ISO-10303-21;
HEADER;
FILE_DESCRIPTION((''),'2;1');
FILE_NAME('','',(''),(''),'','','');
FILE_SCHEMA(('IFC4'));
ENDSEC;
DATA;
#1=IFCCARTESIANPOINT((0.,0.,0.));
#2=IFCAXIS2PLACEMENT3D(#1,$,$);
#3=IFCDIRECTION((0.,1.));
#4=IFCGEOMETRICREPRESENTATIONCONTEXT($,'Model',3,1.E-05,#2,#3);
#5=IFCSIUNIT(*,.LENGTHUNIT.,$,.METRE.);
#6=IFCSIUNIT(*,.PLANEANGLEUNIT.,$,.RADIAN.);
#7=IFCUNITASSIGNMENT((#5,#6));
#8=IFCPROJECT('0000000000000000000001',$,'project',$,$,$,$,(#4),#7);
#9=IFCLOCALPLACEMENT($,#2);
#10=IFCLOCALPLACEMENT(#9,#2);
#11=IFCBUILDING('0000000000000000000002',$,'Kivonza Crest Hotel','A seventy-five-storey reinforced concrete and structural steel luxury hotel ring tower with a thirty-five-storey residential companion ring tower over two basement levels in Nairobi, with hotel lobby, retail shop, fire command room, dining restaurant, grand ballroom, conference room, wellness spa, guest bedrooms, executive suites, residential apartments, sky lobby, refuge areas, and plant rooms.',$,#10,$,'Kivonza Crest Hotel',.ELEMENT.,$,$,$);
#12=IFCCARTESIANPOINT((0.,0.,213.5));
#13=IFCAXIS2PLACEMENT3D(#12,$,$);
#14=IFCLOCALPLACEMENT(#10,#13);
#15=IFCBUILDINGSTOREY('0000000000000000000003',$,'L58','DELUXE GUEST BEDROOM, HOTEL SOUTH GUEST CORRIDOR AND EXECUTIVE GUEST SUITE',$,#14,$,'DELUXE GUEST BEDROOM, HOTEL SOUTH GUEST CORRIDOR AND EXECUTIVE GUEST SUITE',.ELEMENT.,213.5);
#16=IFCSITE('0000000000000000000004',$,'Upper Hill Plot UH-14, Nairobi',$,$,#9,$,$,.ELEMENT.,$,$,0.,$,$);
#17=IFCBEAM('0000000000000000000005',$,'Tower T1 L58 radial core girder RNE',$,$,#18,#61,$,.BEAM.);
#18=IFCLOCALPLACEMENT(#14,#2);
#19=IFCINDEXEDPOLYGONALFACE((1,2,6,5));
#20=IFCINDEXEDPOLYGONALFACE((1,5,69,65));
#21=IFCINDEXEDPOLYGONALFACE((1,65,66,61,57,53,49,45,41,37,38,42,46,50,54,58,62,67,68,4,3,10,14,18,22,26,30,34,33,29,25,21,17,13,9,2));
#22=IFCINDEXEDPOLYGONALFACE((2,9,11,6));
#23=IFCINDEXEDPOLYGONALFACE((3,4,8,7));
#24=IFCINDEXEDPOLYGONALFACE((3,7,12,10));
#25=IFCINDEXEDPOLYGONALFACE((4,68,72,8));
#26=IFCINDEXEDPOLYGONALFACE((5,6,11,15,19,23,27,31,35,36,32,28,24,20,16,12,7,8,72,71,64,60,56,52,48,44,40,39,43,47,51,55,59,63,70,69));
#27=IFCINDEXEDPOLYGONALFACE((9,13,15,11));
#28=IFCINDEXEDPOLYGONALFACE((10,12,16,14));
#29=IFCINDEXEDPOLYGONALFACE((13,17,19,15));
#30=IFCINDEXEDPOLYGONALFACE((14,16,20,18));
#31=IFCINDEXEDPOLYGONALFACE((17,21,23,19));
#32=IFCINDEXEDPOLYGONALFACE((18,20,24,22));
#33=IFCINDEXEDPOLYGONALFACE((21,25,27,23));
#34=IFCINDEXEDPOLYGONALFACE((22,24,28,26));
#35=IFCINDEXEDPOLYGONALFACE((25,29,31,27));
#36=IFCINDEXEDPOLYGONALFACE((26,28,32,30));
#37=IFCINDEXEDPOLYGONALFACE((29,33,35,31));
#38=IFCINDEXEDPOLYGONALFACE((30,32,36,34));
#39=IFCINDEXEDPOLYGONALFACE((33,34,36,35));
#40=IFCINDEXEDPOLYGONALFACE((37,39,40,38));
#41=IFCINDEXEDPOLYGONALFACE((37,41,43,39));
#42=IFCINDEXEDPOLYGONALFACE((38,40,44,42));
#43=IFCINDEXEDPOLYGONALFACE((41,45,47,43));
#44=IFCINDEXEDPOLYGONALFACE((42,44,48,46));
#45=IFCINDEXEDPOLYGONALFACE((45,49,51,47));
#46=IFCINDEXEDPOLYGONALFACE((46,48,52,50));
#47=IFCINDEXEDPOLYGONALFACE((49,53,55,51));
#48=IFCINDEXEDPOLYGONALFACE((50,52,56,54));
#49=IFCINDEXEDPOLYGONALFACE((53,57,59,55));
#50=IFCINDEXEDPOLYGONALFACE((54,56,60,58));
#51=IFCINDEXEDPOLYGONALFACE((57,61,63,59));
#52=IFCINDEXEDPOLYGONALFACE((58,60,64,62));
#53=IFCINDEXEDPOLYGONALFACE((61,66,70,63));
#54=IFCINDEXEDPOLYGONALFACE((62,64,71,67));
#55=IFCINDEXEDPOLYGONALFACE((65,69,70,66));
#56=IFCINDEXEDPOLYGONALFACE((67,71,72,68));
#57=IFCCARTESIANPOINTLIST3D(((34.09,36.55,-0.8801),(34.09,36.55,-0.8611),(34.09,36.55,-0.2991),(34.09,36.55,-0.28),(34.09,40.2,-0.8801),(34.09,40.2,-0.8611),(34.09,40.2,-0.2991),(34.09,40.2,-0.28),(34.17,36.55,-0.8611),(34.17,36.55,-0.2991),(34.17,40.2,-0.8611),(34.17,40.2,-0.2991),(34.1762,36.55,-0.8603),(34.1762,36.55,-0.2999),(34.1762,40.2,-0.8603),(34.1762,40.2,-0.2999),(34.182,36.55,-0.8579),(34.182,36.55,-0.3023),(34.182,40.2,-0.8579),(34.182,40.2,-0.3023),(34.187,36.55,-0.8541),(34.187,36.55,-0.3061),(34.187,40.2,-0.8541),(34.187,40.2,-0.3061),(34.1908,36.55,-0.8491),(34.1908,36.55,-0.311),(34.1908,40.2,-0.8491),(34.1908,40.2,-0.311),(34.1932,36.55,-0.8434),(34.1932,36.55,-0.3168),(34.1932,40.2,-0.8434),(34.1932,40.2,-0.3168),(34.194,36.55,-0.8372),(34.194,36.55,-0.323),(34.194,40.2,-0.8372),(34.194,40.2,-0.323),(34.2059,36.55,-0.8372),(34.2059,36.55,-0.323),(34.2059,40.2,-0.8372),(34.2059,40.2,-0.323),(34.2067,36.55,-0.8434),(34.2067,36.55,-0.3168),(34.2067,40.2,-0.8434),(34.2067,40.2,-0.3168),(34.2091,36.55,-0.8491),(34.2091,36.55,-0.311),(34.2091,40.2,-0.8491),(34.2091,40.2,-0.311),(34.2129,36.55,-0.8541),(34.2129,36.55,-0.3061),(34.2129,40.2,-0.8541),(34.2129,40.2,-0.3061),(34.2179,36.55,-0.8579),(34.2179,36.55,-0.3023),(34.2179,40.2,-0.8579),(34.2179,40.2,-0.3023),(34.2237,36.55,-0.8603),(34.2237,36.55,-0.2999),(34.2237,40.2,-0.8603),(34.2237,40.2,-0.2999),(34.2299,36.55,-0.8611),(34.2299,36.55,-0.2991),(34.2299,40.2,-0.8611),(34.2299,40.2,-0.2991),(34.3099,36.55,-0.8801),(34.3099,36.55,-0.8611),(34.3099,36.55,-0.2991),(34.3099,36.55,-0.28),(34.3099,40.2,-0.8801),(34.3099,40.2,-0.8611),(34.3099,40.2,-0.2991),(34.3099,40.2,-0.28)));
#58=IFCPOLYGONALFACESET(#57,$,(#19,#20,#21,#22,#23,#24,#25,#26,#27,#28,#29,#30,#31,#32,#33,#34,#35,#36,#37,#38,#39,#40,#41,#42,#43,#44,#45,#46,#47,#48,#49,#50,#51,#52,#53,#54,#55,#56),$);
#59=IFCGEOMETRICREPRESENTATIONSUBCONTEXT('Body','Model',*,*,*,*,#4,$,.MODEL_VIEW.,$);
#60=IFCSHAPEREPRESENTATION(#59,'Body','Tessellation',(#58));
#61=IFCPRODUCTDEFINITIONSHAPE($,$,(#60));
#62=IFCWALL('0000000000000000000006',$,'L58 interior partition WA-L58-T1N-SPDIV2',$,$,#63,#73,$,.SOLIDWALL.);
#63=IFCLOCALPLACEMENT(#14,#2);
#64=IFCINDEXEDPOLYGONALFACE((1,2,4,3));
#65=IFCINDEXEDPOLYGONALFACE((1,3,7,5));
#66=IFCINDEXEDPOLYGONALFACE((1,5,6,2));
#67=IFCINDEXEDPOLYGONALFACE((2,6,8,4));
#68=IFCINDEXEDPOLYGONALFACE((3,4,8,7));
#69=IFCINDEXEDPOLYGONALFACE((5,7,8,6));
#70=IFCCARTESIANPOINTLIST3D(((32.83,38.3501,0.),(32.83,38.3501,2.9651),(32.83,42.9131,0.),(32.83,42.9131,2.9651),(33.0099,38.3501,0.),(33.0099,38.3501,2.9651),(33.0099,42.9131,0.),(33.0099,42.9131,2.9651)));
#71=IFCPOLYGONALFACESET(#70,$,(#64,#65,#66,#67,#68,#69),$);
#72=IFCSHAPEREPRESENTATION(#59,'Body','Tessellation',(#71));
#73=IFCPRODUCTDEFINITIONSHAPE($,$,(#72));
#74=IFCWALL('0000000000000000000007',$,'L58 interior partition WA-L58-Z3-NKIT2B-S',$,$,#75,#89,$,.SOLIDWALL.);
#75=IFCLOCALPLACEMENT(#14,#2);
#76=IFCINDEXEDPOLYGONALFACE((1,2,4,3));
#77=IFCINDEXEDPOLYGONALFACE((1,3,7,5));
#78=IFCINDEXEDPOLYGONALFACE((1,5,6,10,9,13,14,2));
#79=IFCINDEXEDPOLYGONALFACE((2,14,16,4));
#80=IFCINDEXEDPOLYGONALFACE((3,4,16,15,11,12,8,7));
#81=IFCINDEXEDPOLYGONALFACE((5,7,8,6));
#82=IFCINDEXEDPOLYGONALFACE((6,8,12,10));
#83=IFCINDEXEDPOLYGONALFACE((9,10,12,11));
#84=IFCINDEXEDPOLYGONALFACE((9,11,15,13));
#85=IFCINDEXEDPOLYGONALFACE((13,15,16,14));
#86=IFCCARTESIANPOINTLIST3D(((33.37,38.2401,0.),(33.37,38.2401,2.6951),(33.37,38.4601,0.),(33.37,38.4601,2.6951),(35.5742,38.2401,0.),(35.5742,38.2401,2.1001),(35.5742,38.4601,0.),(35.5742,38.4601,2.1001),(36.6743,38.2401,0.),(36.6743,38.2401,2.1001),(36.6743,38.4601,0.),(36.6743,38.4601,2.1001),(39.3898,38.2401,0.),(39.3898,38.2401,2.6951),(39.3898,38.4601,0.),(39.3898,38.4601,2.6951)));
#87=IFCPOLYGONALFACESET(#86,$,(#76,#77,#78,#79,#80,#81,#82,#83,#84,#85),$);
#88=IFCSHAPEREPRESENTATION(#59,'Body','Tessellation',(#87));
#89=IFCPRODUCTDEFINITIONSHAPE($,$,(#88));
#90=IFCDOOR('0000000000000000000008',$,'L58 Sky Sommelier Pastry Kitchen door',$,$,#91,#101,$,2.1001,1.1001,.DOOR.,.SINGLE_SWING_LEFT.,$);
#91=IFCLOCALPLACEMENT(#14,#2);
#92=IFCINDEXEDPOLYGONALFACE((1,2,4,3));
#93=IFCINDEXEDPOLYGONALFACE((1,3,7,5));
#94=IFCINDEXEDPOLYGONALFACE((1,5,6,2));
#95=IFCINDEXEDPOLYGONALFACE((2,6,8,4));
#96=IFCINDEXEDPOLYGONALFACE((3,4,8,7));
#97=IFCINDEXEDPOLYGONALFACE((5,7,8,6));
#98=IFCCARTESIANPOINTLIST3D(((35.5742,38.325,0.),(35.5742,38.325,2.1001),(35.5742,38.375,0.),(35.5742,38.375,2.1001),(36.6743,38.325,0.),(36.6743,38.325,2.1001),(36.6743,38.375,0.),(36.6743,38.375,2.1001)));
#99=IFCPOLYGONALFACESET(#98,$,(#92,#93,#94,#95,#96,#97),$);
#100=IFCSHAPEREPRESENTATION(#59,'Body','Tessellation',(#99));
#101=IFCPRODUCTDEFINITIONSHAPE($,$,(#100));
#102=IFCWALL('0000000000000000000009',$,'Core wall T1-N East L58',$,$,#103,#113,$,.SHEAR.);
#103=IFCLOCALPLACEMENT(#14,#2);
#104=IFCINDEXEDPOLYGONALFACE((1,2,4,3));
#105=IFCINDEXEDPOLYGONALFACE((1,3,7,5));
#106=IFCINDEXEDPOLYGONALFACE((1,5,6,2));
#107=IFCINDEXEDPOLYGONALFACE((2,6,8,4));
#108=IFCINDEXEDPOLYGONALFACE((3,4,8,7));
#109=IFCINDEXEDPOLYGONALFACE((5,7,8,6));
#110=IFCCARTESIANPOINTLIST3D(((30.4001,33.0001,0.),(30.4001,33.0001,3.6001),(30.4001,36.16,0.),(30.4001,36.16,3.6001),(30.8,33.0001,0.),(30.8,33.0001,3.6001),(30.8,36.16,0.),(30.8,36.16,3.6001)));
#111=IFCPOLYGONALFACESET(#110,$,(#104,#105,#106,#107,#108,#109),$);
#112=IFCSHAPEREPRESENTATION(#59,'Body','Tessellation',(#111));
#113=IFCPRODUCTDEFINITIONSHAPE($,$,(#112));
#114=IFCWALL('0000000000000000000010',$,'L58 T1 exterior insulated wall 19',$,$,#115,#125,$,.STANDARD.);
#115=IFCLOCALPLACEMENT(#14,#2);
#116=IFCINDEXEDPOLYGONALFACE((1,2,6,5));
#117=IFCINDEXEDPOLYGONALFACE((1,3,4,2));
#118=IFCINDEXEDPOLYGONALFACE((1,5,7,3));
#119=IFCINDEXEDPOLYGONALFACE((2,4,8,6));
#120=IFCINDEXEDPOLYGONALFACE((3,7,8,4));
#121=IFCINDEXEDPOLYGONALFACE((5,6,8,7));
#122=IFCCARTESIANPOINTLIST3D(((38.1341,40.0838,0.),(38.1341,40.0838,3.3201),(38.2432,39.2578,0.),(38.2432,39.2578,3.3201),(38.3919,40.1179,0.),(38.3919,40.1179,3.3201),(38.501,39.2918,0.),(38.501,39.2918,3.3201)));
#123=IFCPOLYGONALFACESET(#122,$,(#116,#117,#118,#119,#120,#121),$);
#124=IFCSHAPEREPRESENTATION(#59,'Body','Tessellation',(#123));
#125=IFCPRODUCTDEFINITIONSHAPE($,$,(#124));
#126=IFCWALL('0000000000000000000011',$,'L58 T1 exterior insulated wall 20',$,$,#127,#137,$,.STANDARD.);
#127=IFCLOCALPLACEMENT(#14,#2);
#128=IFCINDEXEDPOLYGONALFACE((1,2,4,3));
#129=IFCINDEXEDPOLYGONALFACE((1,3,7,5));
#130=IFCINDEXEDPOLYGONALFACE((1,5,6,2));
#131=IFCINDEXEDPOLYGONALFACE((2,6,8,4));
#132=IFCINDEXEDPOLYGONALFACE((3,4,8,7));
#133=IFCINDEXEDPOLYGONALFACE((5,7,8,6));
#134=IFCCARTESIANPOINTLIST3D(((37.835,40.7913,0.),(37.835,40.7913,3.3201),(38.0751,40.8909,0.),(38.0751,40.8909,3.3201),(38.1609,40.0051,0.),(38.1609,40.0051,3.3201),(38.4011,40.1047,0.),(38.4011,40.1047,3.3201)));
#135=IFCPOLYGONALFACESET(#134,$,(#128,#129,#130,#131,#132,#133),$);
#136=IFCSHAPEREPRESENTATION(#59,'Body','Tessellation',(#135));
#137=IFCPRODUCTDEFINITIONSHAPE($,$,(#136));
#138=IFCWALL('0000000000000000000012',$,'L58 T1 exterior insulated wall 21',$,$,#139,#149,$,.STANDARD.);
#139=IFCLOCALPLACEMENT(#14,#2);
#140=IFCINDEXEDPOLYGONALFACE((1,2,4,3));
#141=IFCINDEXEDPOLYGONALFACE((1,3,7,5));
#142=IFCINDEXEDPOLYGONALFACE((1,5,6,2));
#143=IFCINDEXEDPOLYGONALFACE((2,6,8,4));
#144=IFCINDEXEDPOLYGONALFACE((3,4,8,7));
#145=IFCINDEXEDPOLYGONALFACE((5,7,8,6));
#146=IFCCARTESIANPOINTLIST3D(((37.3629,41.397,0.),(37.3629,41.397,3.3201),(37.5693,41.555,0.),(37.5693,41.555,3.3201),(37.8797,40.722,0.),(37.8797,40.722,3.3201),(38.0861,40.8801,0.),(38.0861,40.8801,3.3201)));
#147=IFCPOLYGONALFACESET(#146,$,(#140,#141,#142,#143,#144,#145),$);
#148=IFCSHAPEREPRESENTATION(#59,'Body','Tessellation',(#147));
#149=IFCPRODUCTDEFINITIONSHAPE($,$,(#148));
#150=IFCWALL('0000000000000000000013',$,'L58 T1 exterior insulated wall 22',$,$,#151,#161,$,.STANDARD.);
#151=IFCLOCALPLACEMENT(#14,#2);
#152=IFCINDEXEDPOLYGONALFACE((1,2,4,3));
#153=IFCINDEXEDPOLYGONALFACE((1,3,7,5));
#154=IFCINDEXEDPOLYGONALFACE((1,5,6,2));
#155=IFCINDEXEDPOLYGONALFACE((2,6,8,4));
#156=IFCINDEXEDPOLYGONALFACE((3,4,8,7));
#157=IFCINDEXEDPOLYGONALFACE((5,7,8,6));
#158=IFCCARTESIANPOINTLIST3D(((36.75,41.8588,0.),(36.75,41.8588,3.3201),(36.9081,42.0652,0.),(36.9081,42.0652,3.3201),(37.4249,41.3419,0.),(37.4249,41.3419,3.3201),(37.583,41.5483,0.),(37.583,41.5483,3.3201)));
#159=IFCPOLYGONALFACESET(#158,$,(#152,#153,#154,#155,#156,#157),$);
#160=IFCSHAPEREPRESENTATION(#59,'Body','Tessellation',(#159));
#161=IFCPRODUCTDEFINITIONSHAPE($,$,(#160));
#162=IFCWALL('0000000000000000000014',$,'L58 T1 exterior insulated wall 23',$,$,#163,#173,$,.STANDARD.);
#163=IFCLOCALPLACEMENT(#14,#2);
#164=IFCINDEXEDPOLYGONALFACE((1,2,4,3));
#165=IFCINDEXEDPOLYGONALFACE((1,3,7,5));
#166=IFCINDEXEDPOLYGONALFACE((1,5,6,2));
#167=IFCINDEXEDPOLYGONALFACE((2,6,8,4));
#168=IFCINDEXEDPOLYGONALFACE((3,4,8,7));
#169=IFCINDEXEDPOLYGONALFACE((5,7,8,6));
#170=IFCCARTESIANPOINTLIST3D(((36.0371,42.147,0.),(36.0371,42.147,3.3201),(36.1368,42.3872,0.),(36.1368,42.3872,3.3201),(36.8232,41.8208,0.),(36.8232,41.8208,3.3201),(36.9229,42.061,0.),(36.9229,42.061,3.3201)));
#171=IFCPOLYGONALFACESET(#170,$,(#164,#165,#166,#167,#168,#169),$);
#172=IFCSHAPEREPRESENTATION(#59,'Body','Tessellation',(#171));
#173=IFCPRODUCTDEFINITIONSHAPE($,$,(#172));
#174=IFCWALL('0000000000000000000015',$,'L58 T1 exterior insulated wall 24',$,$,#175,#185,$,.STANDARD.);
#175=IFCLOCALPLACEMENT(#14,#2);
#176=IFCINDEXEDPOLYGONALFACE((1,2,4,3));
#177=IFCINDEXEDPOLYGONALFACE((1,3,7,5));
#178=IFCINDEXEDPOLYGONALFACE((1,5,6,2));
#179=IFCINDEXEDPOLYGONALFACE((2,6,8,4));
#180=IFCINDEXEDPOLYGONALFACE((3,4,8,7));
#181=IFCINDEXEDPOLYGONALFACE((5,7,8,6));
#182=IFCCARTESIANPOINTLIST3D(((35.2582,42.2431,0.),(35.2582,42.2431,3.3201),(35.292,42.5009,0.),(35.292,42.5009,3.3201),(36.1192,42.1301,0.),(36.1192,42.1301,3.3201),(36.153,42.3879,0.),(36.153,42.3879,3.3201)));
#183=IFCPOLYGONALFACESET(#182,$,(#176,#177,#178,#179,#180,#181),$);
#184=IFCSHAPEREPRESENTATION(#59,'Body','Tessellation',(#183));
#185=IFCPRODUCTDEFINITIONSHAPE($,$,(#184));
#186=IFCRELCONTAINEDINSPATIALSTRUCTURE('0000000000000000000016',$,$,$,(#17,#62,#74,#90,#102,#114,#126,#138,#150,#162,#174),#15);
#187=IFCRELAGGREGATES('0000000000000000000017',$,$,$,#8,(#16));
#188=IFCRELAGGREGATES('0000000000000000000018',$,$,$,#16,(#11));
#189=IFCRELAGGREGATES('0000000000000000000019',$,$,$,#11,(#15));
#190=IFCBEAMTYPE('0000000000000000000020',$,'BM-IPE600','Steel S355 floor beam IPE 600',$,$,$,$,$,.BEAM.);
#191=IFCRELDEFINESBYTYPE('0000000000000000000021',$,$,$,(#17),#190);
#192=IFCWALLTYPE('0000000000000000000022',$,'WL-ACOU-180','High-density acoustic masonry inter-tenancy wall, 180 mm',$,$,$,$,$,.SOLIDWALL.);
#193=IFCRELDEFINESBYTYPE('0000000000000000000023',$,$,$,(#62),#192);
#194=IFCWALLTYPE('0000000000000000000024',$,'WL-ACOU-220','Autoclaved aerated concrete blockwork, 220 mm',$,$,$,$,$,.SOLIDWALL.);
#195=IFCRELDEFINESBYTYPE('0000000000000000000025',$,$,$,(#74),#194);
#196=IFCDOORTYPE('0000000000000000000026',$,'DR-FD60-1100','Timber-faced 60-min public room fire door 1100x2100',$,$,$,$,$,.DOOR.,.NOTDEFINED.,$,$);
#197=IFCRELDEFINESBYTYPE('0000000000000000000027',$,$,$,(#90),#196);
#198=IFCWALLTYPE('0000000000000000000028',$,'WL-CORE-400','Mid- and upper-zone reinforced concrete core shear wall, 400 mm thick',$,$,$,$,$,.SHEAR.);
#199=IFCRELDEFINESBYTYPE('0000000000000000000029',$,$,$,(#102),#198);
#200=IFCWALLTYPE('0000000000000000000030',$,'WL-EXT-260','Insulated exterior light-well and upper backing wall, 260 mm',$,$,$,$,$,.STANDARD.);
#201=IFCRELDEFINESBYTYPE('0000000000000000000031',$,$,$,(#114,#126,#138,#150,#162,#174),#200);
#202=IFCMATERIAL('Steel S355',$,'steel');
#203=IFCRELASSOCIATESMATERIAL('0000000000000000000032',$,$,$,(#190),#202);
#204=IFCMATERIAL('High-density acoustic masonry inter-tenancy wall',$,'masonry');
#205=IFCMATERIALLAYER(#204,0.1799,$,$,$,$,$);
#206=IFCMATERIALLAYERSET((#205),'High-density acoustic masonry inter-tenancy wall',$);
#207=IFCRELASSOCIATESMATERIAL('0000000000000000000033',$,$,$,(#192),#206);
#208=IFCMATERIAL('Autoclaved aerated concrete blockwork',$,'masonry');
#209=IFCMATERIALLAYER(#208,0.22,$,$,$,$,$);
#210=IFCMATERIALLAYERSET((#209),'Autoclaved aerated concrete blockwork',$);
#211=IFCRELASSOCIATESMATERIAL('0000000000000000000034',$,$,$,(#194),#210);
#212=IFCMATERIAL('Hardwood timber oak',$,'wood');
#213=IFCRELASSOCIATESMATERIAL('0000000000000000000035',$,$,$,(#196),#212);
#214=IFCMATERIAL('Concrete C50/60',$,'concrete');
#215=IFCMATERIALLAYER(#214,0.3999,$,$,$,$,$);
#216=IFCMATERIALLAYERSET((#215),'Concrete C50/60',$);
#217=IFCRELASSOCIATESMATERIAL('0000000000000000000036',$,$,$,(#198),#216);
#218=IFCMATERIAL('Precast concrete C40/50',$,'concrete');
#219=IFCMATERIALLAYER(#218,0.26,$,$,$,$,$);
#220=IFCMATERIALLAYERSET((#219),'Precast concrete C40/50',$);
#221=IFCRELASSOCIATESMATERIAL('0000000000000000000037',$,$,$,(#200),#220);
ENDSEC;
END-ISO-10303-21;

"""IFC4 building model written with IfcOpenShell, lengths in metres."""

from ifc_helpers import new_model, si_unit, direction, frame, frame_2d, origin, origin_2d, place, context, subcontext, project, spatial, rectangle, i_section, extrude, material, layer, layer_set, material_profile, profile_set, type_object, element, fill, save


model = new_model("IFC4")

# Units and contexts
model_context = context("Model", 3, precision=1e-05, world=origin(), true_north=direction((0.0, 1.0)))
body_context = subcontext(model_context, "Body", "Model", "MODEL_VIEW")
ifc_project = project(units=[si_unit("LENGTHUNIT", "METRE"), si_unit("PLANEANGLEUNIT", "RADIAN")], contexts=[model_context])

# Site, building, storey
site_placement = place(None, origin())
site = spatial("IfcSite", under=ifc_project, at=site_placement, Name="Upper Hill Plot UH-14, Nairobi", CompositionType="ELEMENT", RefElevation=0.0)
building_placement = place(site_placement, origin())
building = spatial("IfcBuilding", under=site, at=building_placement, Name="Kivonza Crest Hotel", Description="A seventy-five-storey reinforced concrete and structural steel luxury hotel ring tower with a thirty-five-storey residential companion ring tower over two basement levels in Nairobi, with hotel lobby, retail shop, fire command room, dining restaurant, grand ballroom, conference room, wellness spa, guest bedrooms, executive suites, residential apartments, sky lobby, refuge areas, and plant rooms.", LongName="Kivonza Crest Hotel", CompositionType="ELEMENT")
storey_placement = place(building_placement, frame((0.0, 0.0, 213.5)))
storey = spatial("IfcBuildingStorey", under=building, at=storey_placement, Name="L58", Description="DELUXE GUEST BEDROOM, HOTEL SOUTH GUEST CORRIDOR AND EXECUTIVE GUEST SUITE", LongName="DELUXE GUEST BEDROOM, HOTEL SOUTH GUEST CORRIDOR AND EXECUTIVE GUEST SUITE", CompositionType="ELEMENT", Elevation=213.5)

# Shared definitions
ifc_material_1 = material(Name="Concrete C50/60", Category="concrete")

# Beam
ifc_material_2 = material(Name="Steel S355", Category="steel")
ifc_material_profile_1 = material_profile(ifc_material_2, i_section(OverallWidth=0.22, OverallDepth=0.6001, WebThickness=0.012, FlangeThickness=0.019, FilletRadius=0.0239, at=origin_2d()), Name="IPE 600")
ifc_profile_set_1 = profile_set([ifc_material_profile_1], Name="Steel S355")
beam_type_1 = type_object("IfcBeamType", Name="BM-IPE600", Description="Steel S355 floor beam IPE 600", PredefinedType="BEAM", material=ifc_profile_set_1)
beam_1_placement = place(storey_placement, frame((34.2, 40.2, -0.5801), z_axis=(0.0, -1.0, 0.0), x_axis=(1.0, 0.0, 0.0)))
element("IfcBeam", 1, at=beam_1_placement, inside=storey, type_object=beam_type_1, Name="Tower T1 L58 radial core girder RNE", PredefinedType="BEAM", context=body_context, shape_type="SweptSolid", body=[
    extrude(i_section(OverallWidth=0.22, OverallDepth=0.6001, WebThickness=0.012, FlangeThickness=0.019, FilletRadius=0.0239, at=origin_2d()), origin(), (0.0, 0.0, 1.0), 3.6499),
])

# Wall
ifc_material_3 = material(Name="High-density acoustic masonry inter-tenancy wall", Category="masonry")
ifc_layer_1 = layer(ifc_material_3, 0.1799)
ifc_layer_set_1 = layer_set([ifc_layer_1], Name="High-density acoustic masonry inter-tenancy wall")
wall_type_1 = type_object("IfcWallType", Name="WL-ACOU-180", Description="High-density acoustic masonry inter-tenancy wall, 180 mm", PredefinedType="SOLIDWALL", material=ifc_layer_set_1)
wall_1_placement = place(storey_placement, frame((32.9199, 38.3501, 0.0), z_axis=(0.0, 0.0, 1.0), x_axis=(0.0, 1.0, 0.0)))
element("IfcWall", 2, at=wall_1_placement, inside=storey, type_object=wall_type_1, Name="L58 interior partition WA-L58-T1N-SPDIV2", PredefinedType="SOLIDWALL", context=body_context, shape_type="SweptSolid", body=[
    extrude(rectangle(XDim=4.563, YDim=0.1799, at=frame_2d((2.2815, 0.0))), origin(), (0.0, 0.0, 1.0), 2.9651),
])

# Wall, opening, door
ifc_material_4 = material(Name="Autoclaved aerated concrete blockwork", Category="masonry")
ifc_layer_2 = layer(ifc_material_4, 0.22)
ifc_layer_set_2 = layer_set([ifc_layer_2], Name="Autoclaved aerated concrete blockwork")
wall_type_2 = type_object("IfcWallType", Name="WL-ACOU-220", Description="Autoclaved aerated concrete blockwork, 220 mm", PredefinedType="SOLIDWALL", material=ifc_layer_set_2)
wall_2_placement = place(storey_placement, frame((33.3701, 38.3501, 0.0), z_axis=(0.0, 0.0, 1.0), x_axis=(1.0, 0.0, 0.0)))
wall_2 = element("IfcWall", 3, at=wall_2_placement, inside=storey, type_object=wall_type_2, Name="L58 interior partition WA-L58-Z3-NKIT2B-S", PredefinedType="SOLIDWALL", context=body_context, shape_type="SweptSolid", body=[
    extrude(rectangle(XDim=6.0198, YDim=0.22, at=frame_2d((3.0098, 0.0))), origin(), (0.0, 0.0, 1.0), 2.6951),
])
opening_1_placement = place(wall_2_placement, frame((2.2041, 0.0, 0.0)))
opening_1 = element("IfcOpeningElement", 4, at=opening_1_placement, cuts=wall_2, PredefinedType="OPENING", context=body_context, shape_type="SweptSolid", body=[
    extrude(rectangle(XDim=1.1001, YDim=2.1001, at=frame_2d((0.55, 1.05))), frame((0.0, 0.1201, 0.0), z_axis=(0.0, -1.0, 0.0), x_axis=(1.0, 0.0, 0.0)), (0.0, 0.0, 1.0), 0.24),
])
ifc_material_5 = material(Name="Hardwood timber oak", Category="wood")
door_type = type_object("IfcDoorType", Name="DR-FD60-1100", Description="Timber-faced 60-min public room fire door 1100x2100", OperationType="NOTDEFINED", PredefinedType="DOOR", material=ifc_material_5)
door_placement = place(opening_1_placement, origin())
door = element("IfcDoor", 5, at=door_placement, inside=storey, type_object=door_type, Name="L58 Sky Sommelier Pastry Kitchen door", OperationType="SINGLE_SWING_LEFT", OverallHeight=2.1001, OverallWidth=1.1001, PredefinedType="DOOR", context=body_context, shape_type="SweptSolid", body=[
    extrude(rectangle(XDim=1.1001, YDim=2.1001, at=frame_2d((0.55, 1.05))), frame((0.0, 0.0249, 0.0), z_axis=(0.0, -1.0, 0.0), x_axis=(1.0, 0.0, 0.0)), (0.0, 0.0, 1.0), 0.05),
])
fill(opening_1, door)

# Walls
ifc_layer_3 = layer(ifc_material_1, 0.3999)
ifc_layer_set_3 = layer_set([ifc_layer_3], Name="Concrete C50/60")
wall_type_3 = type_object("IfcWallType", Name="WL-CORE-400", Description="Mid- and upper-zone reinforced concrete core shear wall, 400 mm thick", PredefinedType="SHEAR", material=ifc_layer_set_3)
wall_3_placement = place(storey_placement, frame((30.6001, 33.0, 0.0), z_axis=(0.0, 0.0, 1.0), x_axis=(0.0, 1.0, 0.0)))
element("IfcWall", 6, at=wall_3_placement, inside=storey, type_object=wall_type_3, Name="Core wall T1-N East L58", PredefinedType="SHEAR", context=body_context, shape_type="SweptSolid", body=[
    extrude(rectangle(XDim=3.1599, YDim=0.3999, at=frame_2d((1.5801, 0.0))), origin(), (0.0, 0.0, 1.0), 3.6001),
])
ifc_material_6 = material(Name="Precast concrete C40/50", Category="concrete")
ifc_layer_4 = layer(ifc_material_6, 0.26)
ifc_layer_set_4 = layer_set([ifc_layer_4], Name="Precast concrete C40/50")
wall_type_4 = type_object("IfcWallType", Name="WL-EXT-260", Description="Insulated exterior light-well and upper backing wall, 260 mm", PredefinedType="STANDARD", material=ifc_layer_set_4)
wall_4_placement = place(storey_placement, frame((38.3721, 39.2749, 0.0), z_axis=(0.0, 0.0, 1.0), x_axis=(-0.130955, 0.991388, 0.0)))
element("IfcWall", 7, at=wall_4_placement, inside=storey, type_object=wall_type_4, Name="L58 T1 exterior insulated wall 19", PredefinedType="STANDARD", context=body_context, shape_type="SweptSolid", body=[
    extrude(rectangle(XDim=0.8333, YDim=0.26, at=frame_2d((0.4165, 0.0))), origin(), (0.0, 0.0, 1.0), 3.3201),
])
wall_5_placement = place(storey_placement, frame((38.281, 40.0549, 0.0), z_axis=(0.0, 0.0, 1.0), x_axis=(-0.382985, 0.923754, 0.0)))
element("IfcWall", 8, at=wall_5_placement, inside=storey, type_object=wall_type_4, Name="L58 T1 exterior insulated wall 20", PredefinedType="STANDARD", context=body_context, shape_type="SweptSolid", body=[
    extrude(rectangle(XDim=0.8511, YDim=0.26, at=frame_2d((0.4255, 0.0))), origin(), (0.0, 0.0, 1.0), 3.3201),
])
for number, where, z_axis, x_axis, name in (
    (9, (37.9829, 40.801, 0.0), (0.0, 0.0, 1.0), (-0.607919, 0.793999, 0.0), "L58 T1 exterior insulated wall 21"),
    (10, (37.5039, 41.4451, 0.0), (0.0, 0.0, 1.0), (-0.793893, 0.608058, 0.0), "L58 T1 exterior insulated wall 22"),
):
    element("IfcWall", number, at=place(storey_placement, frame(where, z_axis=z_axis, x_axis=x_axis)), inside=storey, type_object=wall_type_4, Name=name, PredefinedType="STANDARD", context=body_context, shape_type="SweptSolid", body=[
        extrude(rectangle(XDim=0.8501, YDim=0.26, at=frame_2d((0.425, 0.0))), origin(), (0.0, 0.0, 1.0), 3.3201),
    ])
wall_6_placement = place(storey_placement, frame((36.873, 41.9409, 0.0), z_axis=(0.0, 0.0, 1.0), x_axis=(-0.923653, 0.38323, 0.0)))
element("IfcWall", 11, at=wall_6_placement, inside=storey, type_object=wall_type_4, Name="L58 T1 exterior insulated wall 23", PredefinedType="STANDARD", context=body_context, shape_type="SweptSolid", body=[
    extrude(rectangle(XDim=0.8511, YDim=0.26, at=frame_2d((0.4255, 0.0))), origin(), (0.0, 0.0, 1.0), 3.3201),
])
wall_7_placement = place(storey_placement, frame((36.136, 42.259, 0.0), z_axis=(0.0, 0.0, 1.0), x_axis=(-0.991493, 0.130156, 0.0)))
element("IfcWall", 12, at=wall_7_placement, inside=storey, type_object=wall_type_4, Name="L58 T1 exterior insulated wall 24", PredefinedType="STANDARD", context=body_context, shape_type="SweptSolid", body=[
    extrude(rectangle(XDim=0.8684, YDim=0.26, at=frame_2d((0.4341, 0.0))), origin(), (0.0, 0.0, 1.0), 3.3201),
])

save(model, "model.ifc")
